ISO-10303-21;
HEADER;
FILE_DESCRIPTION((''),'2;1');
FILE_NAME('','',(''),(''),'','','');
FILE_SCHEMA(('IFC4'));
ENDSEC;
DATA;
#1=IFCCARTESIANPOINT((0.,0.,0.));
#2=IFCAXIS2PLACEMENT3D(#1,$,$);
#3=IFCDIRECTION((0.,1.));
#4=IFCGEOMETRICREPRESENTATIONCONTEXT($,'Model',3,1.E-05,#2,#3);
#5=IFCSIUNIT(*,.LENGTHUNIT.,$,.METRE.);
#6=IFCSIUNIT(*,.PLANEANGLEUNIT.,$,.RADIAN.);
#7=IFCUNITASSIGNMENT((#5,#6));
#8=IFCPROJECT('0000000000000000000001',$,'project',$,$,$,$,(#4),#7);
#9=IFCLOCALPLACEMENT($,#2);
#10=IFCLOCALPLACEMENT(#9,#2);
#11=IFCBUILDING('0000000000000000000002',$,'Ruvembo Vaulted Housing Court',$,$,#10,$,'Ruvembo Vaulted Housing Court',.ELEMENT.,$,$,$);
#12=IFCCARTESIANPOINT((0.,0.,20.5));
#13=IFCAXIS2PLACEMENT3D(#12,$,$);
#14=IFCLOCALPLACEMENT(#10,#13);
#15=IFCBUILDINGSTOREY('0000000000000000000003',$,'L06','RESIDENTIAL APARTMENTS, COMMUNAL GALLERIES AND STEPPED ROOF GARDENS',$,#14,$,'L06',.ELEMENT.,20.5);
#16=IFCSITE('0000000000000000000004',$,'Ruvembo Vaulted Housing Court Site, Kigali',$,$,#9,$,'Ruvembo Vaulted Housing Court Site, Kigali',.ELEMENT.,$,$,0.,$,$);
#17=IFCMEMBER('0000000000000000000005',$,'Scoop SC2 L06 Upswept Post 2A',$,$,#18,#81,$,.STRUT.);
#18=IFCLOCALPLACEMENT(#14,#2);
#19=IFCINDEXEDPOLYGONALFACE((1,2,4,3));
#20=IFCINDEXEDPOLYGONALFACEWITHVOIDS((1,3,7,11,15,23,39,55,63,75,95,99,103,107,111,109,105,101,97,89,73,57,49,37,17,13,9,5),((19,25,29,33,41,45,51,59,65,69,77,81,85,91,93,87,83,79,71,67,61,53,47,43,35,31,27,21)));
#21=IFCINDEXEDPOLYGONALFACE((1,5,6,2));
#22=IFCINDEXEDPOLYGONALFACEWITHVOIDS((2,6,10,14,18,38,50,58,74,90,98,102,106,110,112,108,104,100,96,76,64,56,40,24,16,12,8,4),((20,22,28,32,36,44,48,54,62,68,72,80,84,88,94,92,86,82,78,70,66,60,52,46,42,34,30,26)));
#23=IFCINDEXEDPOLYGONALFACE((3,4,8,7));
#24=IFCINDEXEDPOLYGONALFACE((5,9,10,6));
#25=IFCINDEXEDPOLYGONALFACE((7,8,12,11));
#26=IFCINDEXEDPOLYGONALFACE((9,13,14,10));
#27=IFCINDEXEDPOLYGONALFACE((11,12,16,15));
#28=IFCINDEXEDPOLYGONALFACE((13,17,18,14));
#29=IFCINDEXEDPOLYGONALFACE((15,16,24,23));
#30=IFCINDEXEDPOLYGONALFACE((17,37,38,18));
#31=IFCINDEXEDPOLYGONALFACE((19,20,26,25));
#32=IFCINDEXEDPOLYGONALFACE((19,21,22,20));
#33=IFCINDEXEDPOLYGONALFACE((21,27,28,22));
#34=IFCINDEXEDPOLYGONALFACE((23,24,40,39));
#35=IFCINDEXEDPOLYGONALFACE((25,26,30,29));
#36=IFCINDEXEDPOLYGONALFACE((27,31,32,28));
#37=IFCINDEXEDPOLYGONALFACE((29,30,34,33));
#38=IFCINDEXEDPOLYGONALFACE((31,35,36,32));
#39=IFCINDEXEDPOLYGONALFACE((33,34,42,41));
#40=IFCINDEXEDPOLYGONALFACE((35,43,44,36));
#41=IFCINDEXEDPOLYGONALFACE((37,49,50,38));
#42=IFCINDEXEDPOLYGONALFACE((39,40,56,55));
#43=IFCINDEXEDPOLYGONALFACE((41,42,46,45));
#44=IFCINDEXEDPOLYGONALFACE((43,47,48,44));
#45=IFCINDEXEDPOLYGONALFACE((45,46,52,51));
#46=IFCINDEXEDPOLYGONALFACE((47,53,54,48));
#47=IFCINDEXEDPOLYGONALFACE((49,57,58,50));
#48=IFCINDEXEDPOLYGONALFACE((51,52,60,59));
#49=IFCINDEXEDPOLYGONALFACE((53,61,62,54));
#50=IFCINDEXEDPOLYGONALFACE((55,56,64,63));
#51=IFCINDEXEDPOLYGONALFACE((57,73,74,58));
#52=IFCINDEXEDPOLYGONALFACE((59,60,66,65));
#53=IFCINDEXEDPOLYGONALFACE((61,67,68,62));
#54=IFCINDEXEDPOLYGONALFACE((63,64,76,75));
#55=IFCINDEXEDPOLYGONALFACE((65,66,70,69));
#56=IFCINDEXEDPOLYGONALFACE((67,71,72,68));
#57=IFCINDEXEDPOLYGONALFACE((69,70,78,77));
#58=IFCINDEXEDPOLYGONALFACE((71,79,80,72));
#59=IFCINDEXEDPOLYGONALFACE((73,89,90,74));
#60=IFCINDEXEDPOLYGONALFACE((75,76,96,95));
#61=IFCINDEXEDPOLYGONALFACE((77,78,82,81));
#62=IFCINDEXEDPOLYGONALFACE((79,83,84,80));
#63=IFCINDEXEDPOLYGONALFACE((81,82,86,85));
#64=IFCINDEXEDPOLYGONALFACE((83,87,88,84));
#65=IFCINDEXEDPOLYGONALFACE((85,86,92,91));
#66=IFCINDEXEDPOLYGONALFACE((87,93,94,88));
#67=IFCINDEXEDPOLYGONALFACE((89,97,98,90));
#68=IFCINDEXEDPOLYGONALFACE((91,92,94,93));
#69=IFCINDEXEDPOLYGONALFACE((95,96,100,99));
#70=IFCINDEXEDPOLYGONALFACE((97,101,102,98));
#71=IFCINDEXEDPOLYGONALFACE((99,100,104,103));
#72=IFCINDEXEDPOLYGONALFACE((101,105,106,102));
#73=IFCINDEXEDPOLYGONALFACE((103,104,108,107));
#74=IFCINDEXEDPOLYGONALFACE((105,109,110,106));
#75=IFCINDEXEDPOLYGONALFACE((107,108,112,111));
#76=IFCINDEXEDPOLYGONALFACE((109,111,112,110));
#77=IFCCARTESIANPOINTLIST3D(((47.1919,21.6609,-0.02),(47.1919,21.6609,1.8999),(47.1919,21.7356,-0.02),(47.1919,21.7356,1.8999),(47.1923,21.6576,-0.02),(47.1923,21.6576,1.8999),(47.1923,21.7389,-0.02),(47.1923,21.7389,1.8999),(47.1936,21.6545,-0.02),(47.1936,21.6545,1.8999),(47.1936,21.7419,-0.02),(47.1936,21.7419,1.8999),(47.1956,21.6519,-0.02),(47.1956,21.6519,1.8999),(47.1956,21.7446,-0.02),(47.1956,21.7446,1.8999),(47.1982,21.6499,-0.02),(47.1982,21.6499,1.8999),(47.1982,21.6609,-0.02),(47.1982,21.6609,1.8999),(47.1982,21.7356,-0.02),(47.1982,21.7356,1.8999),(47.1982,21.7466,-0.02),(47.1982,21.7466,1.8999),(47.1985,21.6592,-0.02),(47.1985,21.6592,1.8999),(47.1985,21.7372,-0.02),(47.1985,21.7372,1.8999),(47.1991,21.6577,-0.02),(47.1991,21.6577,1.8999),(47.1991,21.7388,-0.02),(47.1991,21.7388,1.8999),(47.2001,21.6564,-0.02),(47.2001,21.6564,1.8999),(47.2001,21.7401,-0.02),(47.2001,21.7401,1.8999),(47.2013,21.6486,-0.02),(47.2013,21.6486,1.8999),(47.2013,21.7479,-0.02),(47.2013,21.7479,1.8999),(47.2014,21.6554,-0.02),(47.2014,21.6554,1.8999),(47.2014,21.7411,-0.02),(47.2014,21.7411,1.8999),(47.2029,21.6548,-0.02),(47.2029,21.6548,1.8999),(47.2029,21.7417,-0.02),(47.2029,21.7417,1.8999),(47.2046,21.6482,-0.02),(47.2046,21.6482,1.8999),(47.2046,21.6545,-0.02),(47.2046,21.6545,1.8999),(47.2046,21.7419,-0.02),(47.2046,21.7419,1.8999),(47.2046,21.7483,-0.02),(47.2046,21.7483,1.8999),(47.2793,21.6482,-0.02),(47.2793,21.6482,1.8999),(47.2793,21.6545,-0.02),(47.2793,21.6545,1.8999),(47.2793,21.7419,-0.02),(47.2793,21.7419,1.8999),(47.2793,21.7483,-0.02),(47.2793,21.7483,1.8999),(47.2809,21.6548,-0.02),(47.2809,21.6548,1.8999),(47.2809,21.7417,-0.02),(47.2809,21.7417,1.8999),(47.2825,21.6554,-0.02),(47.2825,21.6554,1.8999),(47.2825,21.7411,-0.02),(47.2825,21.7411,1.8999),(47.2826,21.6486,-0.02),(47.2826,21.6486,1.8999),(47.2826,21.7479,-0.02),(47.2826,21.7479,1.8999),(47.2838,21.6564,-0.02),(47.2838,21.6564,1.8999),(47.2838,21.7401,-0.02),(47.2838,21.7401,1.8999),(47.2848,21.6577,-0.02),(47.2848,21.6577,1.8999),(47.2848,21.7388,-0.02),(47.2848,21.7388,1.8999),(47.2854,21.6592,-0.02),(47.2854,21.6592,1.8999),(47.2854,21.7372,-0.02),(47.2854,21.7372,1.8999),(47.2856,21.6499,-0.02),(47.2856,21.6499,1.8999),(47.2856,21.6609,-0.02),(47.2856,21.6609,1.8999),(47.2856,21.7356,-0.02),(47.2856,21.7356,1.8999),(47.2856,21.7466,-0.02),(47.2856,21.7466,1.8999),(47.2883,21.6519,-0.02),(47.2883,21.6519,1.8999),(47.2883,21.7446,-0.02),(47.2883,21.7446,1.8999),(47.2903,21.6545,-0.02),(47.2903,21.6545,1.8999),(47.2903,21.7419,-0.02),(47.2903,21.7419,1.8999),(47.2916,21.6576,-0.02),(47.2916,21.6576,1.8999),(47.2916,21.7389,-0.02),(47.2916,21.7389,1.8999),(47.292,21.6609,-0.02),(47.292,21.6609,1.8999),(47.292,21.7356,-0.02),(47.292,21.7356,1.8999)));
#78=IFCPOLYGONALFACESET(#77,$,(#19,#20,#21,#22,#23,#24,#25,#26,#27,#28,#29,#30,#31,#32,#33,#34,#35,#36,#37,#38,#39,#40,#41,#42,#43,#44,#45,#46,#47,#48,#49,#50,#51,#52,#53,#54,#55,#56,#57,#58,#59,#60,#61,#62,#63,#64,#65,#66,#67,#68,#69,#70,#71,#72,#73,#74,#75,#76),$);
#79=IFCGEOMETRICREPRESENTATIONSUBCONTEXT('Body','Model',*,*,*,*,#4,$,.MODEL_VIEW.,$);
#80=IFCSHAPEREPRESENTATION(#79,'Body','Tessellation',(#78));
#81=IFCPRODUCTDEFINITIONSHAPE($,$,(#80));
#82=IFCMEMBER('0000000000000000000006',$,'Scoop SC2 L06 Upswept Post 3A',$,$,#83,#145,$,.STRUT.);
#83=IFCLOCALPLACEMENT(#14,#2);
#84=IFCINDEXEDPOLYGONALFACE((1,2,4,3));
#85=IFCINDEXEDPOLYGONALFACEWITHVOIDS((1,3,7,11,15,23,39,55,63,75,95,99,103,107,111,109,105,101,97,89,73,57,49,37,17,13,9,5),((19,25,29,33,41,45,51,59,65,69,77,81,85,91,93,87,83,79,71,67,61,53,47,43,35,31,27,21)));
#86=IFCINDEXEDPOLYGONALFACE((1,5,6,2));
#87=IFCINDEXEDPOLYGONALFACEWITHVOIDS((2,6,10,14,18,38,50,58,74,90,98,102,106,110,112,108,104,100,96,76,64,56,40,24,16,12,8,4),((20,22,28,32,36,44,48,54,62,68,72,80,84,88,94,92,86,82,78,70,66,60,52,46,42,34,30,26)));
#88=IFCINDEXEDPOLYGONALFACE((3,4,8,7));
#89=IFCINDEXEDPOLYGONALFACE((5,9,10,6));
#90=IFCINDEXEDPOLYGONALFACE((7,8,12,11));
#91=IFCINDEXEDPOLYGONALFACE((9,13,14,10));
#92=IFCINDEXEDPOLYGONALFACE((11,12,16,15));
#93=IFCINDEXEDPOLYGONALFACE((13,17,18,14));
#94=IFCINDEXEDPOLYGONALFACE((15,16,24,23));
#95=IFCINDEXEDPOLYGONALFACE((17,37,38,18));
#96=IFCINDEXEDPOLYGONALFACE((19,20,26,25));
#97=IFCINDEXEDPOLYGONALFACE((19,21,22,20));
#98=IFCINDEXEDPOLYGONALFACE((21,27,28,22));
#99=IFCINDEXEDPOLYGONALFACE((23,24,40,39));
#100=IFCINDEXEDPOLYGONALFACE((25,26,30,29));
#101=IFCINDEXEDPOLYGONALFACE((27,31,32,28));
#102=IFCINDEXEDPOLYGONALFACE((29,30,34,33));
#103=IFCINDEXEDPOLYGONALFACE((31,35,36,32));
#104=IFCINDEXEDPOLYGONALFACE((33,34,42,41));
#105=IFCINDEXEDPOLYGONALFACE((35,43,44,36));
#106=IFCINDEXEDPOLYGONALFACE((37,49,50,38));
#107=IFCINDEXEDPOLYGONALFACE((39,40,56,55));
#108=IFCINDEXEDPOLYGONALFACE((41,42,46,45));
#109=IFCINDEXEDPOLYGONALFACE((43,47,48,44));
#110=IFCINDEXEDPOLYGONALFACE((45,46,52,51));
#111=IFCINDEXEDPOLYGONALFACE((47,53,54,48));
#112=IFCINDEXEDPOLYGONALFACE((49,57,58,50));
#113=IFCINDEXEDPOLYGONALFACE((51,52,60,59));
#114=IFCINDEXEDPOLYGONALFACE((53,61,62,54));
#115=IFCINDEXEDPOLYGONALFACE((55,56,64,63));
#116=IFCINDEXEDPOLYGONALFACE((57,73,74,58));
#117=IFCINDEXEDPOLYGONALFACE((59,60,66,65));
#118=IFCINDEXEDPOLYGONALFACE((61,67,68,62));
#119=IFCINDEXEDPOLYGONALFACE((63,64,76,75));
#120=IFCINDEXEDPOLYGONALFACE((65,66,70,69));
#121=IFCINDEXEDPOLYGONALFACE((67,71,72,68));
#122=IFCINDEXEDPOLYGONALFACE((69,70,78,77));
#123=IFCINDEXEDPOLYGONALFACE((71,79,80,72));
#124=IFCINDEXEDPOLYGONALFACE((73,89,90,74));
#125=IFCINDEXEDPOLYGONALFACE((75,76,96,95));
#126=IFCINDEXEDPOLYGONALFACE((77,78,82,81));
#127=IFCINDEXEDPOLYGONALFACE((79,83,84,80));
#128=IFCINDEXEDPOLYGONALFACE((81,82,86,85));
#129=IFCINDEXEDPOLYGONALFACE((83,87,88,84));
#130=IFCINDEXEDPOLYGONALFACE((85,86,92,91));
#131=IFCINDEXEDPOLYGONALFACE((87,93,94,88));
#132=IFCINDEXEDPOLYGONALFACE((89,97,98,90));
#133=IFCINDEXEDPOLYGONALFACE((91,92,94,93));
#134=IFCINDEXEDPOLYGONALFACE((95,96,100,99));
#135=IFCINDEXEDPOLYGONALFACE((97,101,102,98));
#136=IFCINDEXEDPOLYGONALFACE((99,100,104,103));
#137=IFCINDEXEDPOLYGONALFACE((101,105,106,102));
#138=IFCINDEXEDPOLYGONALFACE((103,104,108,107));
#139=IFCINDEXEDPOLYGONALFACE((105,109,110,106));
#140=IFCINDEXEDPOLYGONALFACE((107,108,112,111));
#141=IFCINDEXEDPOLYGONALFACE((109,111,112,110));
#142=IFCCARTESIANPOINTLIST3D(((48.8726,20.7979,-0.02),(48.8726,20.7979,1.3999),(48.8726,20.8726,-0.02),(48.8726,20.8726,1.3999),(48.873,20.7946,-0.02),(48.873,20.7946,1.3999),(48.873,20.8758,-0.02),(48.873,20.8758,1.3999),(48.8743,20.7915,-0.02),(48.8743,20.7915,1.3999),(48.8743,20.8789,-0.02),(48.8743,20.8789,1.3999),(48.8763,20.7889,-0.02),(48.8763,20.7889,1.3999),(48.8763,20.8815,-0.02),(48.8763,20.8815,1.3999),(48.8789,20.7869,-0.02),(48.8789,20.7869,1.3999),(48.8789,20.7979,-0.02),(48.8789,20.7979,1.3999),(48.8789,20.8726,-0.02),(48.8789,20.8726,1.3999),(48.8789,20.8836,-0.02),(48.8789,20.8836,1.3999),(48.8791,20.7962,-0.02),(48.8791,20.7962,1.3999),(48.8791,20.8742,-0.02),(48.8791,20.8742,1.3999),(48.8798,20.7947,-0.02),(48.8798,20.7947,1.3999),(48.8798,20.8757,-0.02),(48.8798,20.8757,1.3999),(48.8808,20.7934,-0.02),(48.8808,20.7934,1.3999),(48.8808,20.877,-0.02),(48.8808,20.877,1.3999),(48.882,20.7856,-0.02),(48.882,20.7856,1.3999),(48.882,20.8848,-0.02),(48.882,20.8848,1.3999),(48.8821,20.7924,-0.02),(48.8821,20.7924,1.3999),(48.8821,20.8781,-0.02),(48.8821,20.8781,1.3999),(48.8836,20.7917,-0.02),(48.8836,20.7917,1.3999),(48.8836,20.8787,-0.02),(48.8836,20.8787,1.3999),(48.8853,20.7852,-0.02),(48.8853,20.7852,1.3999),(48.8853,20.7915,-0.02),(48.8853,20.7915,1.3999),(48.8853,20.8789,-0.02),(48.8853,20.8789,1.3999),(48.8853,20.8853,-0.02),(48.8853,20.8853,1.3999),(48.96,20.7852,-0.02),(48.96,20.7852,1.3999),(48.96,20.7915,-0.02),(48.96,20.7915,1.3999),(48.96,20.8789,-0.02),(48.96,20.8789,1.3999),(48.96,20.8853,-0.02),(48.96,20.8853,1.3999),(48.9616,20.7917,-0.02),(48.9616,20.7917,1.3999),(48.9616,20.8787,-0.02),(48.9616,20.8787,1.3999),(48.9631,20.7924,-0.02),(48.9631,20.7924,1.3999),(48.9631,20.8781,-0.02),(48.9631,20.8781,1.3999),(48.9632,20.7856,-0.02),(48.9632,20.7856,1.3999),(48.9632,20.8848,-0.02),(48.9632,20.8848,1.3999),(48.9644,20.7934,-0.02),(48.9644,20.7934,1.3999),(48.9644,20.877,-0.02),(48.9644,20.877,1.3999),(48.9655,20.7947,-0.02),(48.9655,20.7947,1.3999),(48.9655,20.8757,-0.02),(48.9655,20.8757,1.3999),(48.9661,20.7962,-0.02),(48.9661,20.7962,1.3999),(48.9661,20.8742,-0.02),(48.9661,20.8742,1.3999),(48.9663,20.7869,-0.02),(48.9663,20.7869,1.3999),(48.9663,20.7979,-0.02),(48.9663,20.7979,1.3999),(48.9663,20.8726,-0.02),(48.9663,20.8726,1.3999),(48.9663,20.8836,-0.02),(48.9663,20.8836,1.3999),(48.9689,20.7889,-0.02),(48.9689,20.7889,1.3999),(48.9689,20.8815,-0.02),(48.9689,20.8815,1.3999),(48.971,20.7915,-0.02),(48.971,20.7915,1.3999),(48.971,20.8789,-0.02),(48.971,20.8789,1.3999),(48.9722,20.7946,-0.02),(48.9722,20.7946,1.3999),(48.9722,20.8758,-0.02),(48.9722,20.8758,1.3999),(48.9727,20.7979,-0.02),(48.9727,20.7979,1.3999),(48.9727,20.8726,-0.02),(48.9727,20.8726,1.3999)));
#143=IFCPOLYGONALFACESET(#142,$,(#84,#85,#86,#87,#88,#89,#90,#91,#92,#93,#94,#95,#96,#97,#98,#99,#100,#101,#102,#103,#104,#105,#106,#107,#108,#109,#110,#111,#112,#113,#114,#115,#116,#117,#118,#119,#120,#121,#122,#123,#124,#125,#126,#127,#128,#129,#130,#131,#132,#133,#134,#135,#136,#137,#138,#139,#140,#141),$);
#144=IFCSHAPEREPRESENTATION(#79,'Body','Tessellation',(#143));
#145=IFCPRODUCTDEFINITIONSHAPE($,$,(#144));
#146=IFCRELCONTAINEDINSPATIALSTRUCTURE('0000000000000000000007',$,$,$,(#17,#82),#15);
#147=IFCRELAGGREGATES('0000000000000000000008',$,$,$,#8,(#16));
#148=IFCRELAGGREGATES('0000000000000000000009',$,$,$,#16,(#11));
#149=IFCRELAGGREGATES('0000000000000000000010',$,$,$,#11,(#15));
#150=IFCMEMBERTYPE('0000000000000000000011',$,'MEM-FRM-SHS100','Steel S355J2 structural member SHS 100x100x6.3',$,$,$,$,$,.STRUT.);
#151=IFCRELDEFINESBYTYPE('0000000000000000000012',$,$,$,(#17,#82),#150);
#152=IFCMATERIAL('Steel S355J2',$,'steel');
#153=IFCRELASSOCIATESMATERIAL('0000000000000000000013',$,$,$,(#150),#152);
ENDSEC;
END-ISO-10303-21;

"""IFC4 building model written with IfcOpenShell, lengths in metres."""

from ifc_helpers import new_model, si_unit, direction, frame, origin, origin_2d, place, context, subcontext, project, spatial, hollow_rectangle, extrude, material, material_profile, profile_set, type_object, element, save


model = new_model("IFC4")

# Units and contexts
model_context = context("Model", 3, precision=1e-05, world=origin(), true_north=direction((0.0, 1.0)))
body_context = subcontext(model_context, "Body", "Model", "MODEL_VIEW")
ifc_project = project(units=[si_unit("LENGTHUNIT", "METRE"), si_unit("PLANEANGLEUNIT", "RADIAN")], contexts=[model_context])

# Site, building, storey
site_placement = place(None, origin())
site = spatial("IfcSite", under=ifc_project, at=site_placement, Name="Ruvembo Vaulted Housing Court Site, Kigali", LongName="Ruvembo Vaulted Housing Court Site, Kigali", CompositionType="ELEMENT", RefElevation=0.0)
building_placement = place(site_placement, origin())
building = spatial("IfcBuilding", under=site, at=building_placement, Name="Ruvembo Vaulted Housing Court", LongName="Ruvembo Vaulted Housing Court", CompositionType="ELEMENT")
storey_placement = place(building_placement, frame((0.0, 0.0, 20.5)))
storey = spatial("IfcBuildingStorey", under=building, at=storey_placement, Name="L06", Description="RESIDENTIAL APARTMENTS, COMMUNAL GALLERIES AND STEPPED ROOF GARDENS", LongName="L06", CompositionType="ELEMENT", Elevation=20.5)

# Members
ifc_material_1 = material(Name="Steel S355J2", Category="steel")
ifc_material_profile_1 = material_profile(ifc_material_1, hollow_rectangle(XDim=0.1001, YDim=0.1001, WallThickness=0.0063, InnerFilletRadius=0.0063, OuterFilletRadius=0.0127, at=origin_2d()), Name="SHS 100x100x6.3")
ifc_profile_set_1 = profile_set([ifc_material_profile_1], Name="Steel S355J2")
member_type_1 = type_object("IfcMemberType", Name="MEM-FRM-SHS100", Description="Steel S355J2 structural member SHS 100x100x6.3", PredefinedType="STRUT", material=ifc_profile_set_1)
member_1_placement = place(storey_placement, frame((47.2419, 21.6982, -0.02), z_axis=(0.0, 0.0, 1.0), x_axis=(1.0, 0.0, 0.0)))
element("IfcMember", 1, at=member_1_placement, inside=storey, type_object=member_type_1, Name="Scoop SC2 L06 Upswept Post 2A", PredefinedType="STRUT", context=body_context, shape_type="SweptSolid", body=[
    extrude(hollow_rectangle(XDim=0.1001, YDim=0.1001, WallThickness=0.0063, InnerFilletRadius=0.0063, OuterFilletRadius=0.0127, at=origin_2d()), origin(), (0.0, 0.0, 1.0), 1.9199),
])
member_2_placement = place(storey_placement, frame((48.9226, 20.8352, -0.02), z_axis=(0.0, 0.0, 1.0), x_axis=(1.0, 0.0, 0.0)))
element("IfcMember", 2, at=member_2_placement, inside=storey, type_object=member_type_1, Name="Scoop SC2 L06 Upswept Post 3A", PredefinedType="STRUT", context=body_context, shape_type="SweptSolid", body=[
    extrude(hollow_rectangle(XDim=0.1001, YDim=0.1001, WallThickness=0.0063, InnerFilletRadius=0.0063, OuterFilletRadius=0.0127, at=origin_2d()), origin(), (0.0, 0.0, 1.0), 1.4199),
])

save(model, "model.ifc")
